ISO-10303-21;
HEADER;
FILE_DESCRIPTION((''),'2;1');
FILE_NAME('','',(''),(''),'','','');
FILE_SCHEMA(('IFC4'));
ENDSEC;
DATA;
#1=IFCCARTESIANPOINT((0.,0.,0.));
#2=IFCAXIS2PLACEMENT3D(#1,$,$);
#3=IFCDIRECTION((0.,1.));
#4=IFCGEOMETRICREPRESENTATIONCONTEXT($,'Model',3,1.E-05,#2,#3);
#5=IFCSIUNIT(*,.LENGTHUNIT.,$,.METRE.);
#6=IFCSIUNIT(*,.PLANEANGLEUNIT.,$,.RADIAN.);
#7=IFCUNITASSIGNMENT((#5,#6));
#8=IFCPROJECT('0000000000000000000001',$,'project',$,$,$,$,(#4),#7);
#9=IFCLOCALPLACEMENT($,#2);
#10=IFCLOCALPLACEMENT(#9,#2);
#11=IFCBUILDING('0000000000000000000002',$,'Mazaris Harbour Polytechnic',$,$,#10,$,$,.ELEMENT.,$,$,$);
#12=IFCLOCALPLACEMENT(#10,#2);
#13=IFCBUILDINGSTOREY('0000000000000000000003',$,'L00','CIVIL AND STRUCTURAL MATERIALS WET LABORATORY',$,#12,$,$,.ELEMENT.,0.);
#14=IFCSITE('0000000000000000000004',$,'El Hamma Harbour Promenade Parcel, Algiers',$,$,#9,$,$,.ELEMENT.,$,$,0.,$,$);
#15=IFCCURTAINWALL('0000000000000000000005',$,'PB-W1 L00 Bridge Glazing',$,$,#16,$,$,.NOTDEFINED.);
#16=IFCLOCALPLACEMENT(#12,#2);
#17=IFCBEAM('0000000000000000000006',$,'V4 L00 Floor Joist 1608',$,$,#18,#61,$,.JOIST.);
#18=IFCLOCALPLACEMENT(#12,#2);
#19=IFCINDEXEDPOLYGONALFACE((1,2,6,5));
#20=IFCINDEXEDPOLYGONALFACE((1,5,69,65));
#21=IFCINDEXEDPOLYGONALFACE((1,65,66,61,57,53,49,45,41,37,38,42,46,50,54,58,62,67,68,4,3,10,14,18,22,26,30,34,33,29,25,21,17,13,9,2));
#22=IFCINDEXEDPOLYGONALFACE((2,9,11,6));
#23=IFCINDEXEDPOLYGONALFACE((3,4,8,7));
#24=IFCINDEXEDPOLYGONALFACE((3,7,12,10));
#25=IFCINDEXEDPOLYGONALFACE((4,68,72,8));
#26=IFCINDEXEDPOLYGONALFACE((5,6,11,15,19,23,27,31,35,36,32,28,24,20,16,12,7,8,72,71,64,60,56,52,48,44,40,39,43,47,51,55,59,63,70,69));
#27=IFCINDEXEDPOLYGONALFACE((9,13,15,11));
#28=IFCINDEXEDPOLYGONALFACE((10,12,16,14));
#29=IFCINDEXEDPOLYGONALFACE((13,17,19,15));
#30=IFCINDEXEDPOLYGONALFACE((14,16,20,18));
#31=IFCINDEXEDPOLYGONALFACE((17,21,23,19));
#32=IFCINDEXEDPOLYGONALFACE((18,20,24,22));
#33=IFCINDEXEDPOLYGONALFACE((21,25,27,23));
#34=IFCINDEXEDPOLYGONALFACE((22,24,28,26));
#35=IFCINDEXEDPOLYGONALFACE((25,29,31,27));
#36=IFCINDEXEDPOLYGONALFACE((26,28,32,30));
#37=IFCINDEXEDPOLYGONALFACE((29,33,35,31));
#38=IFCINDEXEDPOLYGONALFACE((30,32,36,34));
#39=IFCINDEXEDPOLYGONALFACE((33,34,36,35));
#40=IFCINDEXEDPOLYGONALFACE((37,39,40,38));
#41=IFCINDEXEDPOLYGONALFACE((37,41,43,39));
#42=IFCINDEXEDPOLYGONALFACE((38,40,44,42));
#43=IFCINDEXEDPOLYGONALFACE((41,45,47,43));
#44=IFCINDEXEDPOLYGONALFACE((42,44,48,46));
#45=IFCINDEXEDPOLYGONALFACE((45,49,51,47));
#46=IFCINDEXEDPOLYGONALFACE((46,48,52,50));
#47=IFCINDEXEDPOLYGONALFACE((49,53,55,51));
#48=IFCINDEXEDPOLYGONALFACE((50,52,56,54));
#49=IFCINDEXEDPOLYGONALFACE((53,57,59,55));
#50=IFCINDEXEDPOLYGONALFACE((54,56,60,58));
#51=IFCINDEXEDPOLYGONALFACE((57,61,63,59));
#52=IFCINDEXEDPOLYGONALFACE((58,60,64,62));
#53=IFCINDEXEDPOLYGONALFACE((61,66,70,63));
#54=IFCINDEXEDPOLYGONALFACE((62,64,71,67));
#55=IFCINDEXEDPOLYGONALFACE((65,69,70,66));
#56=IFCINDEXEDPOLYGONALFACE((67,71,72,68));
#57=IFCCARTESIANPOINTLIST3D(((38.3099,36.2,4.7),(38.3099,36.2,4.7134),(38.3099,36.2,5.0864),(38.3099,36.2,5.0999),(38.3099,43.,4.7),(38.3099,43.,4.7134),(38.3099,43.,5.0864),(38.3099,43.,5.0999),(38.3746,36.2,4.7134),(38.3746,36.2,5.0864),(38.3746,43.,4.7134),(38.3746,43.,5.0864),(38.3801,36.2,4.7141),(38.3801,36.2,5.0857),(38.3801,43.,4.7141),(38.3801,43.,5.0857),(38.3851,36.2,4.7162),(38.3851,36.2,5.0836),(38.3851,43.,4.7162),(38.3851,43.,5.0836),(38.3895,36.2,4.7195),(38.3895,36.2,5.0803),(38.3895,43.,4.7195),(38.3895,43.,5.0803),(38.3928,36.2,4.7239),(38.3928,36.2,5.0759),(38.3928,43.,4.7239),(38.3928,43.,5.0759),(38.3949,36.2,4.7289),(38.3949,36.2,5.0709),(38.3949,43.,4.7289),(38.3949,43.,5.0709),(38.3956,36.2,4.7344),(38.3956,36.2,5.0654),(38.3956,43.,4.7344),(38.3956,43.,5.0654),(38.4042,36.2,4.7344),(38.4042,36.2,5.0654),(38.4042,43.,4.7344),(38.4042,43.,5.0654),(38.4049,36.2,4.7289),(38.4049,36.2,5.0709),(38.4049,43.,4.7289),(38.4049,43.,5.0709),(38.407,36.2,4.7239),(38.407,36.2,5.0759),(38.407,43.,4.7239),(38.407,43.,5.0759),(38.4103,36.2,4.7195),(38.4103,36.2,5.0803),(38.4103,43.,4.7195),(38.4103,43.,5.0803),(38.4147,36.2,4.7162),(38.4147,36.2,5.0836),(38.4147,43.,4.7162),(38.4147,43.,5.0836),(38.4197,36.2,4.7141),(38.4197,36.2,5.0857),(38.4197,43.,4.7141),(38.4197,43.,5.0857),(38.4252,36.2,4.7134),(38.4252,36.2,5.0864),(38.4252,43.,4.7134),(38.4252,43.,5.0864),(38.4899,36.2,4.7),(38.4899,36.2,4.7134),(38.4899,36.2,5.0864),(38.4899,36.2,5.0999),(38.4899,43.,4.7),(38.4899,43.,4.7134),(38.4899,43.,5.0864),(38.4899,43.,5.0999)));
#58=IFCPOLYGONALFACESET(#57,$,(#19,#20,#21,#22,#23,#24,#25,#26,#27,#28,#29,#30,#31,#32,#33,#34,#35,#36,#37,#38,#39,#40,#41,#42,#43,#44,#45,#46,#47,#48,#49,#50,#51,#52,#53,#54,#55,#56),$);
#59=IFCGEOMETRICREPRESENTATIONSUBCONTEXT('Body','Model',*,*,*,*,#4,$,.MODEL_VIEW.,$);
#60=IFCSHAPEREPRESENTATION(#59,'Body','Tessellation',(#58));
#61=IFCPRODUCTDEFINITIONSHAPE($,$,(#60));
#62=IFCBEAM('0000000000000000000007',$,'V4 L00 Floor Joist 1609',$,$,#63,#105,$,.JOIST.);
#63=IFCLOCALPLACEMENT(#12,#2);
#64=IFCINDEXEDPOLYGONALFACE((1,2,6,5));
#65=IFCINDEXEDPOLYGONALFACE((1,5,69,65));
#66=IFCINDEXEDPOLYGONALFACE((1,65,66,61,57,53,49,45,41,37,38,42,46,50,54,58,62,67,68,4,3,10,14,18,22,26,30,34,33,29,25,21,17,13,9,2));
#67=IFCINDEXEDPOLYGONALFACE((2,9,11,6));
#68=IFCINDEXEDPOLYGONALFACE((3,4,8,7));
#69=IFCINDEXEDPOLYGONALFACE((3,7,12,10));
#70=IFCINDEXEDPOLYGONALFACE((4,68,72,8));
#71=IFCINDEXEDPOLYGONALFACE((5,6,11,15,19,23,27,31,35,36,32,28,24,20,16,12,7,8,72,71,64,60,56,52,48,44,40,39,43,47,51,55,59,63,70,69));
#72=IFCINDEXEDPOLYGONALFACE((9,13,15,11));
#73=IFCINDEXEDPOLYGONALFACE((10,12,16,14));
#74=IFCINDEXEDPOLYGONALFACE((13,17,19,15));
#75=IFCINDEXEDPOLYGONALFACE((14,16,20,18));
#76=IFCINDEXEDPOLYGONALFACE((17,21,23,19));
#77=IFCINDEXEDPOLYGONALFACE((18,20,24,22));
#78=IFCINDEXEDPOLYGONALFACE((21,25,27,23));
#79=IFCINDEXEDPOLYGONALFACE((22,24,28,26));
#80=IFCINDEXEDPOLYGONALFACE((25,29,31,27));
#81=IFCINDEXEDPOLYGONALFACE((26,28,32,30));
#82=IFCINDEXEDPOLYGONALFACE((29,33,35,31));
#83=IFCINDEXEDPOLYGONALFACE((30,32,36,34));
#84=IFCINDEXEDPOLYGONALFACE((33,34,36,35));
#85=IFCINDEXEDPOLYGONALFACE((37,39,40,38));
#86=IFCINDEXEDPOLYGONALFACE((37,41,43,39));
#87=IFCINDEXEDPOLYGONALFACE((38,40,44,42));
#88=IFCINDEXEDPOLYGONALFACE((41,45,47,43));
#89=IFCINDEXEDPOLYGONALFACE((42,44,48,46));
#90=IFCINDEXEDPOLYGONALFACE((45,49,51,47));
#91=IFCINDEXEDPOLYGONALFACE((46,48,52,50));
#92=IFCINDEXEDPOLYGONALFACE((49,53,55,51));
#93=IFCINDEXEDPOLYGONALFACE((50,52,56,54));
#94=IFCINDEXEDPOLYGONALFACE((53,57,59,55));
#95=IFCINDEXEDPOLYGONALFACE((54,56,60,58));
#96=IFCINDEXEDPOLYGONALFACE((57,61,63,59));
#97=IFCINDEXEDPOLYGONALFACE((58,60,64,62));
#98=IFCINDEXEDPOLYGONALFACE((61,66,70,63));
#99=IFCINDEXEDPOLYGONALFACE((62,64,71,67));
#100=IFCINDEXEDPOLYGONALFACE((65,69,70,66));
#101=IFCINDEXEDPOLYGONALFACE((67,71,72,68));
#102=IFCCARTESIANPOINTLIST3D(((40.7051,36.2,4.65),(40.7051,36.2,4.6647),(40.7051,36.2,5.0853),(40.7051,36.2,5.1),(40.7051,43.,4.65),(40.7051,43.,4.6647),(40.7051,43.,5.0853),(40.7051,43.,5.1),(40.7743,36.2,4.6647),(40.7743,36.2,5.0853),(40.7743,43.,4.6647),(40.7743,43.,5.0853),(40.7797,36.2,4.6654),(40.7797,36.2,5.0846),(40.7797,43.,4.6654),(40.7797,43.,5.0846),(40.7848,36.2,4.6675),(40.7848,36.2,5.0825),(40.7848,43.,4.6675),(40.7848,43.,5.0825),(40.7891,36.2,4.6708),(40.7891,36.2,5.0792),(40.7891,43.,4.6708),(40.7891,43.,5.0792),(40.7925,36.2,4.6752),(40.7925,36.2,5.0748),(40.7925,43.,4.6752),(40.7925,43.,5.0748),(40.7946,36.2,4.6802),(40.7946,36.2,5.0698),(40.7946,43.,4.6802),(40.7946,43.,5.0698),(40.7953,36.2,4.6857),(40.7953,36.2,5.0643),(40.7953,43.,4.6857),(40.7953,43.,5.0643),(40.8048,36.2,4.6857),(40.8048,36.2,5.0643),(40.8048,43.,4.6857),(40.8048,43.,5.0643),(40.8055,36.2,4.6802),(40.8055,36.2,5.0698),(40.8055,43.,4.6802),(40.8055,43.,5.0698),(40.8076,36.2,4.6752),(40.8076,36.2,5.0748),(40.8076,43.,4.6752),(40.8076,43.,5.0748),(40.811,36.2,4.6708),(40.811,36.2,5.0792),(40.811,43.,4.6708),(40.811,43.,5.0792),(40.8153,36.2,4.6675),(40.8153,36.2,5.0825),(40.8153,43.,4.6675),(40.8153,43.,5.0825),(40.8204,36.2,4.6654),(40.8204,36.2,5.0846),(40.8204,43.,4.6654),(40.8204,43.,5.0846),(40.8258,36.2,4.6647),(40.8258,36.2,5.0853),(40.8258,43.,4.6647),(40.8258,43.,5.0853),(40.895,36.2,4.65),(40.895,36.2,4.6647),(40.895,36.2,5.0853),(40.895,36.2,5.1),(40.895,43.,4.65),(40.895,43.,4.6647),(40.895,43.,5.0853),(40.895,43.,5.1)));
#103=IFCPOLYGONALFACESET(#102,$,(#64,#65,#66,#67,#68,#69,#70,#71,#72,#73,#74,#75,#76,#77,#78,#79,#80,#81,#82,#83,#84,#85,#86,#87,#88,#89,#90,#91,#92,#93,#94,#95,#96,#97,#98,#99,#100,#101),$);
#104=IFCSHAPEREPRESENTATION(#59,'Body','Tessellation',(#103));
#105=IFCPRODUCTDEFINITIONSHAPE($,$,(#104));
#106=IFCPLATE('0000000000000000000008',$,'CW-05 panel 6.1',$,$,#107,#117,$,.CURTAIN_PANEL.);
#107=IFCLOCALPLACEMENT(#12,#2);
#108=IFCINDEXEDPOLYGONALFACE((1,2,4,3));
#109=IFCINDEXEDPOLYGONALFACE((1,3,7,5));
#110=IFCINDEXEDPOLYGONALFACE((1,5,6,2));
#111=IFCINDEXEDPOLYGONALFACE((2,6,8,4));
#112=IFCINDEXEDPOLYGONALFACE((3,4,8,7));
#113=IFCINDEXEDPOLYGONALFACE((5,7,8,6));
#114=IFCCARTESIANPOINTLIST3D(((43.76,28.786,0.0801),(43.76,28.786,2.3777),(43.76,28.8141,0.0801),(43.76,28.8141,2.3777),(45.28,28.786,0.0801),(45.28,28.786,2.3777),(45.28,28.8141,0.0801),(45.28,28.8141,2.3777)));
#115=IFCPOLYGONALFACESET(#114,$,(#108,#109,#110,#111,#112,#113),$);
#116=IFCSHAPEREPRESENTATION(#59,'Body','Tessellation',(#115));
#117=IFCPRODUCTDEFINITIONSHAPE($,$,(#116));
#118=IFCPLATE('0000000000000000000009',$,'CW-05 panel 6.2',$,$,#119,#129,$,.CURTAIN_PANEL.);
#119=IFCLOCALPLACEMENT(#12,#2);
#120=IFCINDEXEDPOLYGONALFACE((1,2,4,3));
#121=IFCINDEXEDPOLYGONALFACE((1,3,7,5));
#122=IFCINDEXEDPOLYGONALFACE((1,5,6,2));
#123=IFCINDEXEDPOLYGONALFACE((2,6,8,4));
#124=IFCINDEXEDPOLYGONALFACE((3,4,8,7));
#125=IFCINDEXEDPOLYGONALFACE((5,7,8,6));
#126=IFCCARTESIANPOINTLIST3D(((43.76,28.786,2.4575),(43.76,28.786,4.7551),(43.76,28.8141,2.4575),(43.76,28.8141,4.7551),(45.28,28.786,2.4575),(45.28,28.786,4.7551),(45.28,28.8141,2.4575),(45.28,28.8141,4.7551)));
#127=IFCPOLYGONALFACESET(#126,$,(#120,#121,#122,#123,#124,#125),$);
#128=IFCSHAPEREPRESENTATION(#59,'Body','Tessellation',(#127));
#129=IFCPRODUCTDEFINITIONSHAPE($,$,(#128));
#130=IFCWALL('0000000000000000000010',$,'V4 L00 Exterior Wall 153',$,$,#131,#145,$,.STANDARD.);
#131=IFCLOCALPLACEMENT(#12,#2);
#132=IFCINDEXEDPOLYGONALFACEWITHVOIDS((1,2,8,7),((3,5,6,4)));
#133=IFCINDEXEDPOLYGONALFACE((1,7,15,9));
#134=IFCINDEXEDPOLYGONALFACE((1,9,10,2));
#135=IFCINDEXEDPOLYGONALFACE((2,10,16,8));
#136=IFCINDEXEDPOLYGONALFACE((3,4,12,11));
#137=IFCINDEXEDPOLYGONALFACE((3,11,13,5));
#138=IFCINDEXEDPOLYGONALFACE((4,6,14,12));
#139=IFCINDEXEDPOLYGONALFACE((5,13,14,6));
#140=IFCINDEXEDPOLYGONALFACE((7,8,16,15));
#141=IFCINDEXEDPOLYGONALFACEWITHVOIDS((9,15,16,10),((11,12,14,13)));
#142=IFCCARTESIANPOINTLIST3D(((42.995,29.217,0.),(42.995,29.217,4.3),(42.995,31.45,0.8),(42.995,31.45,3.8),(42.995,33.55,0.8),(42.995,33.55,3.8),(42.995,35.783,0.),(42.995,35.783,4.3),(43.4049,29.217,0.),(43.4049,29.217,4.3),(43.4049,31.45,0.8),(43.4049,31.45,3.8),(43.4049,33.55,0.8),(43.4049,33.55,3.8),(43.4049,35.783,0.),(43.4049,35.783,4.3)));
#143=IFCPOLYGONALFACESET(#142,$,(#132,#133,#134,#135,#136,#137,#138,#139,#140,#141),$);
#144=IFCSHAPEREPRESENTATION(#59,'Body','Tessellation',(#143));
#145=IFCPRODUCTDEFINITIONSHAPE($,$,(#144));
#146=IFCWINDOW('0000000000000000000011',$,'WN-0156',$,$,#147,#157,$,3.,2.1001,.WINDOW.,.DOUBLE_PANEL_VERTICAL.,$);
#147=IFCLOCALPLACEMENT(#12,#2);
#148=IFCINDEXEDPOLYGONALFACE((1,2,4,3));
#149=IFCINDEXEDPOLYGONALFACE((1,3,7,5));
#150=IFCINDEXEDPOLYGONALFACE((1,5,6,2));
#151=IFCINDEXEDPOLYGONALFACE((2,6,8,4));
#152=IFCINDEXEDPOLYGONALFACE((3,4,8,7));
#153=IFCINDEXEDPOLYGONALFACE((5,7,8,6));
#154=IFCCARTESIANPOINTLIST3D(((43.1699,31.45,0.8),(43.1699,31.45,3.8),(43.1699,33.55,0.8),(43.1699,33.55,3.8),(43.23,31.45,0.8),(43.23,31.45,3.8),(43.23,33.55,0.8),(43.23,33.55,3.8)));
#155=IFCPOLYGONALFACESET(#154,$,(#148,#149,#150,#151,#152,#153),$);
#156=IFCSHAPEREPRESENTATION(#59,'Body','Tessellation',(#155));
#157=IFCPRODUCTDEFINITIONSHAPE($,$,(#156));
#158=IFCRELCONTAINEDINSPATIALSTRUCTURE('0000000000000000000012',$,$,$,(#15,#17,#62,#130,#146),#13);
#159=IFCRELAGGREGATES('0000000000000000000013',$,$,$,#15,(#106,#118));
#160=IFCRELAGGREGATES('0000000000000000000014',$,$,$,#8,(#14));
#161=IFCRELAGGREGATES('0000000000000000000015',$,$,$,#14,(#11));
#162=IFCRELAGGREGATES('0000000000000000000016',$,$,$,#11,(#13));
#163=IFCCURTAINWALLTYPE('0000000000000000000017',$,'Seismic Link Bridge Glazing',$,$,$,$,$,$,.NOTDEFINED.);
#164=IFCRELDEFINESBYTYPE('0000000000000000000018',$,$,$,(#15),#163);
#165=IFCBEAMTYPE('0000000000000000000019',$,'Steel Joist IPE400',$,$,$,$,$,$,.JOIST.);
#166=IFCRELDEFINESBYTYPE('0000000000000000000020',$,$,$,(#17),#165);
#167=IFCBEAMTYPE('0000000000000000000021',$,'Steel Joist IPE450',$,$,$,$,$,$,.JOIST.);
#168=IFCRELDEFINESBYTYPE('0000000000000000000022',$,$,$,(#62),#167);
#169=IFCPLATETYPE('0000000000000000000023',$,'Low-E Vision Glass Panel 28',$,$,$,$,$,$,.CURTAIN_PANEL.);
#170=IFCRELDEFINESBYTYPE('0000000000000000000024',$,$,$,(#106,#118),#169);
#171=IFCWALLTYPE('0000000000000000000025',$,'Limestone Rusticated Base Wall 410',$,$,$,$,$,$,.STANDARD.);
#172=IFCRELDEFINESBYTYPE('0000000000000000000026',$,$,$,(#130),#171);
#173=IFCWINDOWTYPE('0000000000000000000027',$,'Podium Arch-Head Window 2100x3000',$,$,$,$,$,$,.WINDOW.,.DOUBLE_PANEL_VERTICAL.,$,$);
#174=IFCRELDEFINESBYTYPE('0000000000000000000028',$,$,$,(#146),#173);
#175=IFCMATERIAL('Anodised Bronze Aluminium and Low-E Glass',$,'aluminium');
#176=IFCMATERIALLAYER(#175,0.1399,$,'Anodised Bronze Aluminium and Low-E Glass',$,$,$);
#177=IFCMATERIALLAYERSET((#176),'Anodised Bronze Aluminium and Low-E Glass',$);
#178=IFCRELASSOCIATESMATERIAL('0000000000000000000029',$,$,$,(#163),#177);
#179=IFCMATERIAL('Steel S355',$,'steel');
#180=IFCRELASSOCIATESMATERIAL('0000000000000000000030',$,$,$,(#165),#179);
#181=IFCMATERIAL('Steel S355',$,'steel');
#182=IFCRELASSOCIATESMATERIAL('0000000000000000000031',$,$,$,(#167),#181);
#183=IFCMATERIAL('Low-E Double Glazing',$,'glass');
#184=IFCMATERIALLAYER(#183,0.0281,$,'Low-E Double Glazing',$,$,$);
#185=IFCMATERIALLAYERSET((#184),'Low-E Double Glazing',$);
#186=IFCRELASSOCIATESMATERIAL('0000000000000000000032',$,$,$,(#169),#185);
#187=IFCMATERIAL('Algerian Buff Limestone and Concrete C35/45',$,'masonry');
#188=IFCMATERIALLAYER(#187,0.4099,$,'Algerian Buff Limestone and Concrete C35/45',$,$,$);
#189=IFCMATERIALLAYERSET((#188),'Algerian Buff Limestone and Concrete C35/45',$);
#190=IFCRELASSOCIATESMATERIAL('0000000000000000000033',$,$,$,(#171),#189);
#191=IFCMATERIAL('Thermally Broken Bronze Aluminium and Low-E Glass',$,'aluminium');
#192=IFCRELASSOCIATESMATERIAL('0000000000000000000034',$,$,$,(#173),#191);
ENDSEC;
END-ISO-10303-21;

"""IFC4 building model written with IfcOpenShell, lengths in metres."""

from ifc_helpers import new_model, si_unit, direction, frame, frame_2d, origin, origin_2d, place, context, subcontext, project, spatial, rectangle, i_section, extrude, material, layer, layer_set, material_profile, profile_set, type_object, element, fill, aggregate, save


model = new_model("IFC4")

# Units and contexts
model_context = context("Model", 3, precision=1e-05, world=origin(), true_north=direction((0.0, 1.0)))
body_context = subcontext(model_context, "Body", "Model", "MODEL_VIEW")
ifc_project = project(units=[si_unit("LENGTHUNIT", "METRE"), si_unit("PLANEANGLEUNIT", "RADIAN")], contexts=[model_context])

# Site, building, storey
site_placement = place(None, origin())
site = spatial("IfcSite", under=ifc_project, at=site_placement, Name="El Hamma Harbour Promenade Parcel, Algiers", CompositionType="ELEMENT", RefElevation=0.0)
building_placement = place(site_placement, origin())
building = spatial("IfcBuilding", under=site, at=building_placement, Name="Mazaris Harbour Polytechnic", CompositionType="ELEMENT")
storey_placement = place(building_placement, origin())
storey = spatial("IfcBuildingStorey", under=building, at=storey_placement, Name="L00", Description="CIVIL AND STRUCTURAL MATERIALS WET LABORATORY", CompositionType="ELEMENT", Elevation=0.0)

# Curtain wall
ifc_material_1 = material(Name="Anodised Bronze Aluminium and Low-E Glass", Category="aluminium")
ifc_layer_1 = layer(ifc_material_1, 0.1399, Name="Anodised Bronze Aluminium and Low-E Glass")
ifc_layer_set_1 = layer_set([ifc_layer_1], Name="Anodised Bronze Aluminium and Low-E Glass")
curtain_wall_type_1 = type_object("IfcCurtainWallType", Name="Seismic Link Bridge Glazing", PredefinedType="NOTDEFINED", material=ifc_layer_set_1)
curtain_wall_1_placement = place(storey_placement, origin())
curtain_wall_1 = element("IfcCurtainWall", 1, at=curtain_wall_1_placement, inside=storey, type_object=curtain_wall_type_1, Name="PB-W1 L00 Bridge Glazing", PredefinedType="NOTDEFINED")

# Beams
ifc_material_2 = material(Name="Steel S355", Category="steel")
ifc_material_profile_1 = material_profile(ifc_material_2, i_section(OverallWidth=0.1799, OverallDepth=0.3999, WebThickness=0.0085, FlangeThickness=0.0134, FilletRadius=0.021, at=origin_2d()), Name="IPE 400")
ifc_profile_set_1 = profile_set([ifc_material_profile_1], Name="Steel S355")
beam_type_1 = type_object("IfcBeamType", Name="Steel Joist IPE400", PredefinedType="JOIST", material=ifc_profile_set_1)
beam_1_placement = place(storey_placement, frame((38.3999, 36.2, 4.8999), z_axis=(0.0, 1.0, 0.0), x_axis=(-1.0, 0.0, 0.0)))
element("IfcBeam", 2, at=beam_1_placement, inside=storey, type_object=beam_type_1, Name="V4 L00 Floor Joist 1608", PredefinedType="JOIST", context=body_context, shape_type="SweptSolid", body=[
    extrude(i_section(OverallWidth=0.1799, OverallDepth=0.3999, WebThickness=0.0085, FlangeThickness=0.0134, FilletRadius=0.021, at=origin_2d()), origin(), (0.0, 0.0, 1.0), 6.8),
])
ifc_material_3 = material(Name="Steel S355", Category="steel")
ifc_material_profile_2 = material_profile(ifc_material_3, i_section(OverallWidth=0.1899, OverallDepth=0.45, WebThickness=0.0095, FlangeThickness=0.0146, FilletRadius=0.021, at=origin_2d()), Name="IPE 450")
ifc_profile_set_2 = profile_set([ifc_material_profile_2], Name="Steel S355")
beam_type_2 = type_object("IfcBeamType", Name="Steel Joist IPE450", PredefinedType="JOIST", material=ifc_profile_set_2)
beam_2_placement = place(storey_placement, frame((40.8, 36.2, 4.875), z_axis=(0.0, 1.0, 0.0), x_axis=(-1.0, 0.0, 0.0)))
element("IfcBeam", 3, at=beam_2_placement, inside=storey, type_object=beam_type_2, Name="V4 L00 Floor Joist 1609", PredefinedType="JOIST", context=body_context, shape_type="SweptSolid", body=[
    extrude(i_section(OverallWidth=0.1899, OverallDepth=0.45, WebThickness=0.0095, FlangeThickness=0.0146, FilletRadius=0.021, at=origin_2d()), origin(), (0.0, 0.0, 1.0), 6.8),
])

# Plates
ifc_material_4 = material(Name="Low-E Double Glazing", Category="glass")
ifc_layer_2 = layer(ifc_material_4, 0.0281, Name="Low-E Double Glazing")
ifc_layer_set_2 = layer_set([ifc_layer_2], Name="Low-E Double Glazing")
plate_type = type_object("IfcPlateType", Name="Low-E Vision Glass Panel 28", PredefinedType="CURTAIN_PANEL", material=ifc_layer_set_2)
plate_1_placement = place(storey_placement, frame((44.52, 28.8, 0.0801), z_axis=(0.0, 0.0, 1.0), x_axis=(-1.0, 0.0, 0.0)))
plate_1 = element("IfcPlate", 4, at=plate_1_placement, type_object=plate_type, Name="CW-05 panel 6.1", PredefinedType="CURTAIN_PANEL", context=body_context, shape_type="SweptSolid", body=[
    extrude(rectangle(XDim=1.52, YDim=0.0281, at=origin_2d()), origin(), (0.0, 0.0, 1.0), 2.2976),
])
plate_2_placement = place(storey_placement, frame((44.52, 28.8, 2.4575), z_axis=(0.0, 0.0, 1.0), x_axis=(-1.0, 0.0, 0.0)))
plate_2 = element("IfcPlate", 5, at=plate_2_placement, type_object=plate_type, Name="CW-05 panel 6.2", PredefinedType="CURTAIN_PANEL", context=body_context, shape_type="SweptSolid", body=[
    extrude(rectangle(XDim=1.52, YDim=0.0281, at=origin_2d()), origin(), (0.0, 0.0, 1.0), 2.2976),
])
aggregate(curtain_wall_1, [plate_1, plate_2])

# Wall, opening, window
ifc_material_5 = material(Name="Algerian Buff Limestone and Concrete C35/45", Category="masonry")
ifc_layer_3 = layer(ifc_material_5, 0.4099, Name="Algerian Buff Limestone and Concrete C35/45")
ifc_layer_set_3 = layer_set([ifc_layer_3], Name="Algerian Buff Limestone and Concrete C35/45")
wall_type = type_object("IfcWallType", Name="Limestone Rusticated Base Wall 410", PredefinedType="STANDARD", material=ifc_layer_set_3)
wall_placement = place(storey_placement, frame((43.2, 35.783, 0.0), z_axis=(0.0, 0.0, 1.0), x_axis=(0.0, -1.0, 0.0)))
wall = element("IfcWall", 6, at=wall_placement, inside=storey, type_object=wall_type, Name="V4 L00 Exterior Wall 153", PredefinedType="STANDARD", context=body_context, shape_type="SweptSolid", body=[
    extrude(rectangle(XDim=6.5659, YDim=0.4099, at=frame_2d((3.283, 0.0))), origin(), (0.0, 0.0, 1.0), 4.3),
])
opening_placement = place(wall_placement, frame((2.2329, 0.0, 0.8)))
opening = element("IfcOpeningElement", 7, at=opening_placement, cuts=wall, PredefinedType="OPENING", context=body_context, shape_type="SweptSolid", body=[
    extrude(rectangle(XDim=2.1001, YDim=3.0, at=frame_2d((1.05, 1.5))), frame((0.0, 0.2148, 0.0), z_axis=(0.0, -1.0, 0.0), x_axis=(1.0, 0.0, 0.0)), (0.0, 0.0, 1.0), 0.4299),
])
ifc_material_6 = material(Name="Thermally Broken Bronze Aluminium and Low-E Glass", Category="aluminium")
window_type = type_object("IfcWindowType", Name="Podium Arch-Head Window 2100x3000", PartitioningType="DOUBLE_PANEL_VERTICAL", PredefinedType="WINDOW", material=ifc_material_6)
window_placement = place(opening_placement, origin())
window = element("IfcWindow", 8, at=window_placement, inside=storey, type_object=window_type, Name="WN-0156", OverallHeight=3.0, OverallWidth=2.1001, PartitioningType="DOUBLE_PANEL_VERTICAL", PredefinedType="WINDOW", context=body_context, shape_type="SweptSolid", body=[
    extrude(rectangle(XDim=2.1001, YDim=3.0, at=frame_2d((1.05, 1.5))), frame((0.0, 0.03, 0.0), z_axis=(0.0, -1.0, 0.0), x_axis=(1.0, 0.0, 0.0)), (0.0, 0.0, 1.0), 0.0601),
])
fill(opening, window)

save(model, "model.ifc")
